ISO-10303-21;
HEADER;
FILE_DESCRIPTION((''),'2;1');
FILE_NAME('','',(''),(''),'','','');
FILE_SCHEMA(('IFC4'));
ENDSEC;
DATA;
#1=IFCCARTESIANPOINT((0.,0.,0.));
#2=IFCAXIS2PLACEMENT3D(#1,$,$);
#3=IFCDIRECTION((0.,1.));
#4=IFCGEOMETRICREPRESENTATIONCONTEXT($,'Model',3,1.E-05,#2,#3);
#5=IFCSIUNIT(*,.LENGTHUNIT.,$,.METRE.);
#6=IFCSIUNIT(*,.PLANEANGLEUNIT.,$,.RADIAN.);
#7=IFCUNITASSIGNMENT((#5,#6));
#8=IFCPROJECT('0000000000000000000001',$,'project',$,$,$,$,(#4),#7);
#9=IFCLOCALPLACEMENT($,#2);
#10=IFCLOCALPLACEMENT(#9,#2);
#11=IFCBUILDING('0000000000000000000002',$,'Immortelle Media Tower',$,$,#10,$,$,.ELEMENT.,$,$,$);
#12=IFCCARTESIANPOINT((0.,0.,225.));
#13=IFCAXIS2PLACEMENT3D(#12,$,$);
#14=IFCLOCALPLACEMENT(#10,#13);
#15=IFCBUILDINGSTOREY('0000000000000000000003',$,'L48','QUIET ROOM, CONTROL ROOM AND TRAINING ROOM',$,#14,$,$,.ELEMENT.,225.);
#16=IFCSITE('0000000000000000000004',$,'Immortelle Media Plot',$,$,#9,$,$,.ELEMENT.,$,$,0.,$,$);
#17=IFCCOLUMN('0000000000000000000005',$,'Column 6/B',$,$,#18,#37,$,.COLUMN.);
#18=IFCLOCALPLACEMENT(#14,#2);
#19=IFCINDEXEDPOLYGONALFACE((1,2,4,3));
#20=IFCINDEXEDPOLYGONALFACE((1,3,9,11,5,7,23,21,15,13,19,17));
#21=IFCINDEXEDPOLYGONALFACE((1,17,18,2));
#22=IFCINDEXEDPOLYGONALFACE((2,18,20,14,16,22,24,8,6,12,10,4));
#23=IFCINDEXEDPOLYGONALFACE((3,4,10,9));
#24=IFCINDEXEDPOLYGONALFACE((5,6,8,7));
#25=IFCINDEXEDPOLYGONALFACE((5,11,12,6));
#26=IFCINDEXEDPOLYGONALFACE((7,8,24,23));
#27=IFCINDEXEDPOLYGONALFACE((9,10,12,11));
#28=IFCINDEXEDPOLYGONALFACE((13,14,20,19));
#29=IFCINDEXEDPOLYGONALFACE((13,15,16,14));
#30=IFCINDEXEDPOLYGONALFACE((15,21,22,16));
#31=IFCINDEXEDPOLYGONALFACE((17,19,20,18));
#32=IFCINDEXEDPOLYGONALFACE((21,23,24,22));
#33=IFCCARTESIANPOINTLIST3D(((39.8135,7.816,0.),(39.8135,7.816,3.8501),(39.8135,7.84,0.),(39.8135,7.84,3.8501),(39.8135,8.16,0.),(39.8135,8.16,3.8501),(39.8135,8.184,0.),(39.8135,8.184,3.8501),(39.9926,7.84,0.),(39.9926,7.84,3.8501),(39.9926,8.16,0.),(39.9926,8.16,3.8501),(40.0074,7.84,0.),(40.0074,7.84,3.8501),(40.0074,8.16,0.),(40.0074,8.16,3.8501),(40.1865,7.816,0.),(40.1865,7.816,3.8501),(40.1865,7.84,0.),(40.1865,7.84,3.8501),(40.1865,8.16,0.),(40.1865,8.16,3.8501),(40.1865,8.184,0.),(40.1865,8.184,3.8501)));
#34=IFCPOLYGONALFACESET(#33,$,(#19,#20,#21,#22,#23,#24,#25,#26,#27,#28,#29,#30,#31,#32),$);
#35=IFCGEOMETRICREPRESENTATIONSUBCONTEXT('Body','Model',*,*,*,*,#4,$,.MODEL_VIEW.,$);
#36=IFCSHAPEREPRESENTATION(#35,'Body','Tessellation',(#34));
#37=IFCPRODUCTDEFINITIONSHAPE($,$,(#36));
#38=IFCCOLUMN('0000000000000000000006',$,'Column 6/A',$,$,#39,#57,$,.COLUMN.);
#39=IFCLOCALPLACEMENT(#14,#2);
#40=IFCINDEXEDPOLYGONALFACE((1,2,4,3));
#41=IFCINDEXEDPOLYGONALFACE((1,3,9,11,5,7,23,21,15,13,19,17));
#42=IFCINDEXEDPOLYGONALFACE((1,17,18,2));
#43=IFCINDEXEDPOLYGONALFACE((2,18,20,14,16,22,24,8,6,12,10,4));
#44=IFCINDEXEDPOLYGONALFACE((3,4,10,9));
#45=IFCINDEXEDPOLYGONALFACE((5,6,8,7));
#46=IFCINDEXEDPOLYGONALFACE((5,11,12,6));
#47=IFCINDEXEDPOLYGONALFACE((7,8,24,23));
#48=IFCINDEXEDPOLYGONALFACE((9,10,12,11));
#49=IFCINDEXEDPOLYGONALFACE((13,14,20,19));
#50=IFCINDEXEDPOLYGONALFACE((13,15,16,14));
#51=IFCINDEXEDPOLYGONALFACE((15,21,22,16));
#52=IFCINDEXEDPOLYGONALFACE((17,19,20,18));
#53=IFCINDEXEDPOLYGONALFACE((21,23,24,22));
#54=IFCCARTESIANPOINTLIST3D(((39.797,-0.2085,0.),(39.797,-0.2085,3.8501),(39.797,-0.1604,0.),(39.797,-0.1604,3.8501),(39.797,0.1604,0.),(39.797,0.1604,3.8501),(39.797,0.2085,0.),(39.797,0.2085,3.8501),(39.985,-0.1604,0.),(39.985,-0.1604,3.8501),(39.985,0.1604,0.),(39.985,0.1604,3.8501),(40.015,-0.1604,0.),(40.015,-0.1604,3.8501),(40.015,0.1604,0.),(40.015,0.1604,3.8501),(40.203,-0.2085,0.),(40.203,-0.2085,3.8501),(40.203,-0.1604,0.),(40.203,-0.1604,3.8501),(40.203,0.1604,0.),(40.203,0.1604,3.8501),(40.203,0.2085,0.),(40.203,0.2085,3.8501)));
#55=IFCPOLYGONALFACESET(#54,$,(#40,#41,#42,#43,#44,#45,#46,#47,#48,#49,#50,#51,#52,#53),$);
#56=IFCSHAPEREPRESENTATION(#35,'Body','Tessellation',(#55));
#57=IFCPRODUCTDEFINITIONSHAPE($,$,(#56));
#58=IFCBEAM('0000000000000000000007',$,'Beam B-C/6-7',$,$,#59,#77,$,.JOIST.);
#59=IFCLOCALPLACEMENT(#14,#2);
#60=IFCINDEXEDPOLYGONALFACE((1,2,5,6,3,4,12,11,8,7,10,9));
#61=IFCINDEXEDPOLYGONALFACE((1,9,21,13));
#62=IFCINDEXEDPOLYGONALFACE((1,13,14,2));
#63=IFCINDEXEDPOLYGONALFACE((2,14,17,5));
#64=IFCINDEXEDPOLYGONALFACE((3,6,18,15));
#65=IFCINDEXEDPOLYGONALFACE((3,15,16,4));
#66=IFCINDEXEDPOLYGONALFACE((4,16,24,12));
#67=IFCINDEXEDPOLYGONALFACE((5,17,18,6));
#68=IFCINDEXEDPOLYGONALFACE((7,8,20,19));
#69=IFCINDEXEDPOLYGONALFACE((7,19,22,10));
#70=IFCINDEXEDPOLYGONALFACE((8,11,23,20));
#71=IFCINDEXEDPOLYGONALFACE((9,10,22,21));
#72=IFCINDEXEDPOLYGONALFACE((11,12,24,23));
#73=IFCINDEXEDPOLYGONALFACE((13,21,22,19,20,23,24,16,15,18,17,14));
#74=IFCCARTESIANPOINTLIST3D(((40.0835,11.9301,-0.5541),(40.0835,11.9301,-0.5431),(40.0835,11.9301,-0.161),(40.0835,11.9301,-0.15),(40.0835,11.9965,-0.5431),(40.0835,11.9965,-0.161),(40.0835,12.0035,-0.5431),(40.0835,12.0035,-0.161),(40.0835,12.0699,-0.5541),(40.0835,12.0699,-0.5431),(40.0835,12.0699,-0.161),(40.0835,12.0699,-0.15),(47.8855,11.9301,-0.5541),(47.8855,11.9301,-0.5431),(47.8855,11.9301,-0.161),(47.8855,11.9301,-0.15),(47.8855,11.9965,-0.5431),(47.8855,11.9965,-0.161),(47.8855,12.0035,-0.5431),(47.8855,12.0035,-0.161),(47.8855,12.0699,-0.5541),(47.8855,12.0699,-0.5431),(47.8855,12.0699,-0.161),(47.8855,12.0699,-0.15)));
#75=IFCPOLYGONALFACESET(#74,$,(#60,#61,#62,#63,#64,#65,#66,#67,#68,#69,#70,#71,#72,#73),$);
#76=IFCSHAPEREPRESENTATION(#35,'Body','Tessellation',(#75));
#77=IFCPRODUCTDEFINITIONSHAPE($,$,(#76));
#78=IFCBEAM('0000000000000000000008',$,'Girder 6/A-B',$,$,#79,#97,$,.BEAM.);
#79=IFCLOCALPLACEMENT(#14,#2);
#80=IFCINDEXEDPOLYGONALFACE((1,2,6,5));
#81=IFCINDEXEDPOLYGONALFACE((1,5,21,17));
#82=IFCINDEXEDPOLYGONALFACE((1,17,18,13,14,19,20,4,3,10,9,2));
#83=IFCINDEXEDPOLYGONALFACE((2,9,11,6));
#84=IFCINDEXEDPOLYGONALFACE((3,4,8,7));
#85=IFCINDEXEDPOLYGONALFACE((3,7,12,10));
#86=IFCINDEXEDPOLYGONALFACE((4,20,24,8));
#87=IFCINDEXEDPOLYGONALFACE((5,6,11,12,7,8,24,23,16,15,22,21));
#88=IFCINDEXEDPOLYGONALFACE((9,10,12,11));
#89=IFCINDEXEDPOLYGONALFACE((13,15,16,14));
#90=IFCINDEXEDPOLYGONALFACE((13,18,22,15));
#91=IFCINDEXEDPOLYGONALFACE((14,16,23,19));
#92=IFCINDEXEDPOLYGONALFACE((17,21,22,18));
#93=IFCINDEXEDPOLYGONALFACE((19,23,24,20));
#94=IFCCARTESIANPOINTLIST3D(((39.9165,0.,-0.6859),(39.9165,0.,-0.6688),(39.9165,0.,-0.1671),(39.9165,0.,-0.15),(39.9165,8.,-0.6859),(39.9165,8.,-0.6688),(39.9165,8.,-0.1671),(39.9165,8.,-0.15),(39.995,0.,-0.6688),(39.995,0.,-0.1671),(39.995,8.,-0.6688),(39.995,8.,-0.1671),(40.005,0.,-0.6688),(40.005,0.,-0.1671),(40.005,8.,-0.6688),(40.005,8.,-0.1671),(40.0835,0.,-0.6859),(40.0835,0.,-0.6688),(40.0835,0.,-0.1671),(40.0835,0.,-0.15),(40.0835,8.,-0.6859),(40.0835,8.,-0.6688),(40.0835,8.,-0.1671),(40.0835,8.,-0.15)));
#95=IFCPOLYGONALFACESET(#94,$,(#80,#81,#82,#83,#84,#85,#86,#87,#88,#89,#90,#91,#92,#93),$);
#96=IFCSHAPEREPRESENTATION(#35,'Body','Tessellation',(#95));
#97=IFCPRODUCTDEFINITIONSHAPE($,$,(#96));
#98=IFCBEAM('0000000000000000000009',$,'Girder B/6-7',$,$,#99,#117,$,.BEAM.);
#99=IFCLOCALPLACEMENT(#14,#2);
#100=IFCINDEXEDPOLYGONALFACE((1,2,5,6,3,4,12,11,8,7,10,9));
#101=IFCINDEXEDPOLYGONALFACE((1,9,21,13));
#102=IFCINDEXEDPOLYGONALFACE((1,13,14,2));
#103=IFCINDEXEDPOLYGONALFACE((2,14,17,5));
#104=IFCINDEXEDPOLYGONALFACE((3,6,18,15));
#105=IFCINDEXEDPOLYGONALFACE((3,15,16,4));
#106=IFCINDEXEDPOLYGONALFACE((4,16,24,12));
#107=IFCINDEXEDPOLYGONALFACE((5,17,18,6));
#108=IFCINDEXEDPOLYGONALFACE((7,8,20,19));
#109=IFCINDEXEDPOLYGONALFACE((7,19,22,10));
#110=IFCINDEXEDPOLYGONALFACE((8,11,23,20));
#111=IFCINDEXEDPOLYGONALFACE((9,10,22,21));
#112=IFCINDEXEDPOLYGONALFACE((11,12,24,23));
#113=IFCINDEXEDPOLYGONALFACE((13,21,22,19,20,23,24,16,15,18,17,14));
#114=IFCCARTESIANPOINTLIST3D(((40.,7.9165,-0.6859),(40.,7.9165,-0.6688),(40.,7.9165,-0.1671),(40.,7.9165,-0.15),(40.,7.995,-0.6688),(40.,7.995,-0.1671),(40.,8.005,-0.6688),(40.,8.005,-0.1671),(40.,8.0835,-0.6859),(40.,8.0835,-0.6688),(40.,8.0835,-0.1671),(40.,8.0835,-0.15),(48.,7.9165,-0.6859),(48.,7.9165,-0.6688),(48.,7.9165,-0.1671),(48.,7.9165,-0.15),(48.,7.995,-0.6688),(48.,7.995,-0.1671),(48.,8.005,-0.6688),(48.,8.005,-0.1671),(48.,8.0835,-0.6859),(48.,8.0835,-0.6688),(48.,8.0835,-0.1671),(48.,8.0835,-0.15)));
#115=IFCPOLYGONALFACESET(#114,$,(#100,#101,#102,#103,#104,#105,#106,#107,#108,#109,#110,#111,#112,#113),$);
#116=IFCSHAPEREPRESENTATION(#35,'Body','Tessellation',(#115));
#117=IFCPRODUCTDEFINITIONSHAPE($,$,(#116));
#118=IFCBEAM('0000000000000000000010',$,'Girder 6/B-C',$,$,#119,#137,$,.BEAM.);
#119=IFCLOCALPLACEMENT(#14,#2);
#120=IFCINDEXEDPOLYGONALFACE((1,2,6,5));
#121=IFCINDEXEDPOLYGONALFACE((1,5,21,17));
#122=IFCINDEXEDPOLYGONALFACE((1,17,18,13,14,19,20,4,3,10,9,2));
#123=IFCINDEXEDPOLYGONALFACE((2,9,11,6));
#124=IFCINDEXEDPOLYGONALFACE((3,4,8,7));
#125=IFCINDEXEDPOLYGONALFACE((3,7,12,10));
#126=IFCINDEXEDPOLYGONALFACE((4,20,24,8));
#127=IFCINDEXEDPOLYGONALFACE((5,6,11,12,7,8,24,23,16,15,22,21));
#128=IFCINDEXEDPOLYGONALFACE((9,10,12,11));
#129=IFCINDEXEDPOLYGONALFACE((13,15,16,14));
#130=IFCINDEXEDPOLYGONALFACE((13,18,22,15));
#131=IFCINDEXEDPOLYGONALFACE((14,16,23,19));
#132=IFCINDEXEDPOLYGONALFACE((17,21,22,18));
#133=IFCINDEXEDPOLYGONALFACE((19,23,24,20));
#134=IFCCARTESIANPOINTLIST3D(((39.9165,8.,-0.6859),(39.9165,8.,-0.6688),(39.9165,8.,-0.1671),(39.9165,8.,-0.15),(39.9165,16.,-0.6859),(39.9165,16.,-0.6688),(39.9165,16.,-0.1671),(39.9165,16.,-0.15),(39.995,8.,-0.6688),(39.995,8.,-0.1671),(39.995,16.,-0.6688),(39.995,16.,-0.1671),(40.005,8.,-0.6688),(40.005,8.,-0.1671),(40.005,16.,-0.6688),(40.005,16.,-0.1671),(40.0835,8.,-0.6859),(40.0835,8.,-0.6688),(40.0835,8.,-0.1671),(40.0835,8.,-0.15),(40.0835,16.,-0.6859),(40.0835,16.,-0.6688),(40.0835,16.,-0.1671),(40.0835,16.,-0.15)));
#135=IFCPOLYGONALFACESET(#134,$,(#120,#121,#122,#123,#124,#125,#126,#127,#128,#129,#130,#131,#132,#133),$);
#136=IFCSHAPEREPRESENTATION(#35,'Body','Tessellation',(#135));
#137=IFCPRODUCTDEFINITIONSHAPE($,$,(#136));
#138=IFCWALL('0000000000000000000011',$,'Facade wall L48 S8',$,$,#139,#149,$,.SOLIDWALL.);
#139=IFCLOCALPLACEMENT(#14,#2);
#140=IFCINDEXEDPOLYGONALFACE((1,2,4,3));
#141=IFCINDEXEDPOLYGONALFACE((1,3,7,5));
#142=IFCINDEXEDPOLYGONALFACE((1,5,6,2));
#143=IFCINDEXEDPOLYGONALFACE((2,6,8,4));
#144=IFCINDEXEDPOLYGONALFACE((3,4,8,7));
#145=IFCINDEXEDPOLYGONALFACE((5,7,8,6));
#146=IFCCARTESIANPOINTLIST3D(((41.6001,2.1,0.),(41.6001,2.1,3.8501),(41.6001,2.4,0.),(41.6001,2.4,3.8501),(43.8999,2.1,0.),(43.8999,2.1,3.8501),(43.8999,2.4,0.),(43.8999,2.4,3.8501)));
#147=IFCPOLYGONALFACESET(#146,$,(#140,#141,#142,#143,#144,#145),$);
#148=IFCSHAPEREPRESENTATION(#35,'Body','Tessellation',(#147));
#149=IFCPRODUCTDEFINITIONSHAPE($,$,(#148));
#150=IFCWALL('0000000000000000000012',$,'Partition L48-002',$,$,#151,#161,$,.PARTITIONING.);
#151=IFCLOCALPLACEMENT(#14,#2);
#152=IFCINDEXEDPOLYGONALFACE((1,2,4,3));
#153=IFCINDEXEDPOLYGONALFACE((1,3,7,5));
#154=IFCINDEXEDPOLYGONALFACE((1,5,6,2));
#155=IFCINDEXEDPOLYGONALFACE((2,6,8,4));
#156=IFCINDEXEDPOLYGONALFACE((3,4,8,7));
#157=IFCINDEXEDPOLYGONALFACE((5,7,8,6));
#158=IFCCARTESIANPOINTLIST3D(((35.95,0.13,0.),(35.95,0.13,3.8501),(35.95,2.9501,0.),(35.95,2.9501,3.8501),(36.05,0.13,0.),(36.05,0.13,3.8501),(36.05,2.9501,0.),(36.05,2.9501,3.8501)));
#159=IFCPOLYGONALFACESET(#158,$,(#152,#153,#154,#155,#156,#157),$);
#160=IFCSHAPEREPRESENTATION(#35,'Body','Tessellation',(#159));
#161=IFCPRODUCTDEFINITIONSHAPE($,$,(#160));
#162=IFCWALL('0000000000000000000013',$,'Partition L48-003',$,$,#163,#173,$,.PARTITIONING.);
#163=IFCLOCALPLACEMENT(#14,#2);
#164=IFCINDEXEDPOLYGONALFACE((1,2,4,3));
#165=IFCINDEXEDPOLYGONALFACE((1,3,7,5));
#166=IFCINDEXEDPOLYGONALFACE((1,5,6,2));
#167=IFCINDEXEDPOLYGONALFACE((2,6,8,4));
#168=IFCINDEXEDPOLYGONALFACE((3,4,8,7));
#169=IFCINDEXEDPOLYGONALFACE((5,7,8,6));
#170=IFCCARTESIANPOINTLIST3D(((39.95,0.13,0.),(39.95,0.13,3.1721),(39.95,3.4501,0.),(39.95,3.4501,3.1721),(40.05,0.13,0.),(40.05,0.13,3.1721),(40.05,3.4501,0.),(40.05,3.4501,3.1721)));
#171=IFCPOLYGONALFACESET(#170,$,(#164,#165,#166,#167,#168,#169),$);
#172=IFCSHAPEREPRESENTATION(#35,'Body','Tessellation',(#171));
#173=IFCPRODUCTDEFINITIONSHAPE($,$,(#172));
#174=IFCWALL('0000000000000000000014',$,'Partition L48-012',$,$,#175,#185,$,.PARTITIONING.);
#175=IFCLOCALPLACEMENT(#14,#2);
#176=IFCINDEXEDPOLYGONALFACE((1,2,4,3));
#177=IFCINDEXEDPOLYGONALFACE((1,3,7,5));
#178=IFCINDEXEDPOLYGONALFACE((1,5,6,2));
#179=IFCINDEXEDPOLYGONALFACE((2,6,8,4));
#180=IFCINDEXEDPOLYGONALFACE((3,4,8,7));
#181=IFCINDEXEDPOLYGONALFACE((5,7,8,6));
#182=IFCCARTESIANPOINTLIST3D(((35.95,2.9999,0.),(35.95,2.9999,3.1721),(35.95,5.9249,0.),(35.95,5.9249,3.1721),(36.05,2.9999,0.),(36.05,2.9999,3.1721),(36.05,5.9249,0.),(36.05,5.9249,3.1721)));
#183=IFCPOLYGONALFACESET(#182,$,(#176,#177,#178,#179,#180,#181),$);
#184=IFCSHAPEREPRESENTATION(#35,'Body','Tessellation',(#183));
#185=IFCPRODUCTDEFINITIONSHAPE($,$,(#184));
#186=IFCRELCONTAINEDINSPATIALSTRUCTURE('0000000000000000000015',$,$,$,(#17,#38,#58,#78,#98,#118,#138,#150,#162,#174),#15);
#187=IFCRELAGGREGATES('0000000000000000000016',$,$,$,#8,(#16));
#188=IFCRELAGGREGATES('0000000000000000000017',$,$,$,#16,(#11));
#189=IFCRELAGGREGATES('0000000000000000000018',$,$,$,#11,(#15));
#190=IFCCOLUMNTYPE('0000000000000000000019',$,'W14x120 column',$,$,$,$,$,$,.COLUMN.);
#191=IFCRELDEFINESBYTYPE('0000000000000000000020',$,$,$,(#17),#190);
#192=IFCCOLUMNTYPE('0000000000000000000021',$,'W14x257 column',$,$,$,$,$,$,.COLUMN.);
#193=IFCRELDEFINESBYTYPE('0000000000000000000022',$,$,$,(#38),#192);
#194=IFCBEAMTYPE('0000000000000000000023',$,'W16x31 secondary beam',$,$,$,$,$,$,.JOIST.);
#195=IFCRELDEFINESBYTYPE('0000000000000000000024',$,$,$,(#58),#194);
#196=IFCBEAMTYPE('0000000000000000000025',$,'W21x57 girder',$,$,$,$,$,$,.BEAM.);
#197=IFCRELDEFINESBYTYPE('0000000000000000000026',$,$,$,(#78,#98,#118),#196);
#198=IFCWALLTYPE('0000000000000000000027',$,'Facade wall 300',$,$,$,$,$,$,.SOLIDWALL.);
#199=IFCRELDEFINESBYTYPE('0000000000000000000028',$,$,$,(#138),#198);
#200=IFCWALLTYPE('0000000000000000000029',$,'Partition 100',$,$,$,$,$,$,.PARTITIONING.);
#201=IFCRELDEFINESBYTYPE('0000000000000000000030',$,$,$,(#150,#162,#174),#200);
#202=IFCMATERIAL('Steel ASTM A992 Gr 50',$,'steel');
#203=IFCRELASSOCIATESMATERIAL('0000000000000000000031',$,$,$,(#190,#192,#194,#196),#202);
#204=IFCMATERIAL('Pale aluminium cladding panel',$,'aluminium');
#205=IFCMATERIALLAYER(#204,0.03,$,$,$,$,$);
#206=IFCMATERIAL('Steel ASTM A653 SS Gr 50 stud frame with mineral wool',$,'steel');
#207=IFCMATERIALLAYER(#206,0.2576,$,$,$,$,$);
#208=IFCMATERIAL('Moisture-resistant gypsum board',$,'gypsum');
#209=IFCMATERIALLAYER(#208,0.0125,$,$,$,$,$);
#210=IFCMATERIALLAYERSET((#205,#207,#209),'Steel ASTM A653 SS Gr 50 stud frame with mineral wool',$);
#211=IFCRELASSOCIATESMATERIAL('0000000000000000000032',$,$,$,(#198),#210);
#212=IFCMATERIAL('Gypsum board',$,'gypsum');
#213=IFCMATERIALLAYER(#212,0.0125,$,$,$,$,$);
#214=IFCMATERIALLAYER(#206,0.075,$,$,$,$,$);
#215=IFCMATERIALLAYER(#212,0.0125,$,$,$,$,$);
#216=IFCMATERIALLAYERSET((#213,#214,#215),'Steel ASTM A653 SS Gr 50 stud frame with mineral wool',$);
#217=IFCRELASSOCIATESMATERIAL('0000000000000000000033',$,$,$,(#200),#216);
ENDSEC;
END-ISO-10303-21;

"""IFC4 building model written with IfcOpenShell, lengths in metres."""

from ifc_helpers import new_model, si_unit, direction, frame, frame_2d, origin, origin_2d, place, context, subcontext, project, spatial, rectangle, i_section, extrude, material, layer, layer_set, material_profile, profile_set, type_object, element, save


model = new_model("IFC4")

# Units and contexts
model_context = context("Model", 3, precision=1e-05, world=origin(), true_north=direction((0.0, 1.0)))
body_context = subcontext(model_context, "Body", "Model", "MODEL_VIEW")
ifc_project = project(units=[si_unit("LENGTHUNIT", "METRE"), si_unit("PLANEANGLEUNIT", "RADIAN")], contexts=[model_context])

# Site, building, storey
site_placement = place(None, origin())
site = spatial("IfcSite", under=ifc_project, at=site_placement, Name="Immortelle Media Plot", CompositionType="ELEMENT", RefElevation=0.0)
building_placement = place(site_placement, origin())
building = spatial("IfcBuilding", under=site, at=building_placement, Name="Immortelle Media Tower", CompositionType="ELEMENT")
storey_placement = place(building_placement, frame((0.0, 0.0, 225.0)))
storey = spatial("IfcBuildingStorey", under=building, at=storey_placement, Name="L48", Description="QUIET ROOM, CONTROL ROOM AND TRAINING ROOM", CompositionType="ELEMENT", Elevation=225.0)

# Columns
ifc_material_1 = material(Name="Steel ASTM A992 Gr 50", Category="steel")
ifc_material_profile_1 = material_profile(ifc_material_1, i_section(OverallWidth=0.373, OverallDepth=0.3679, WebThickness=0.0149, FlangeThickness=0.0239, at=origin_2d()), Name="W14x120")
ifc_profile_set_1 = profile_set([ifc_material_profile_1], Name="Steel ASTM A992 Gr 50")
column_type_1 = type_object("IfcColumnType", Name="W14x120 column", PredefinedType="COLUMN", material=ifc_profile_set_1)
column_1_placement = place(storey_placement, frame((40.0, 8.0, 0.0), z_axis=(0.0, 0.0, 1.0), x_axis=(1.0, 0.0, 0.0)))
element("IfcColumn", 1, at=column_1_placement, inside=storey, type_object=column_type_1, Name="Column 6/B", PredefinedType="COLUMN", context=body_context, shape_type="SweptSolid", body=[
    extrude(i_section(OverallWidth=0.373, OverallDepth=0.3679, WebThickness=0.0149, FlangeThickness=0.0239, at=origin_2d()), origin(), (0.0, 0.0, 1.0), 3.8501),
])
ifc_material_profile_2 = material_profile(ifc_material_1, i_section(OverallWidth=0.406, OverallDepth=0.417, WebThickness=0.03, FlangeThickness=0.0481, at=origin_2d()), Name="W14x257")
ifc_profile_set_2 = profile_set([ifc_material_profile_2], Name="Steel ASTM A992 Gr 50")
column_type_2 = type_object("IfcColumnType", Name="W14x257 column", PredefinedType="COLUMN", material=ifc_profile_set_2)
column_2_placement = place(storey_placement, frame((40.0, 0.0, 0.0), z_axis=(0.0, 0.0, 1.0), x_axis=(1.0, 0.0, 0.0)))
element("IfcColumn", 2, at=column_2_placement, inside=storey, type_object=column_type_2, Name="Column 6/A", PredefinedType="COLUMN", context=body_context, shape_type="SweptSolid", body=[
    extrude(i_section(OverallWidth=0.406, OverallDepth=0.417, WebThickness=0.03, FlangeThickness=0.0481, at=origin_2d()), origin(), (0.0, 0.0, 1.0), 3.8501),
])

# Beams
ifc_material_profile_3 = material_profile(ifc_material_1, i_section(OverallWidth=0.1399, OverallDepth=0.4041, WebThickness=0.0071, FlangeThickness=0.011, at=origin_2d()), Name="W16x31")
ifc_profile_set_3 = profile_set([ifc_material_profile_3], Name="Steel ASTM A992 Gr 50")
beam_type_1 = type_object("IfcBeamType", Name="W16x31 secondary beam", PredefinedType="JOIST", material=ifc_profile_set_3)
beam_placement = place(storey_placement, frame((40.0835, 12.0, -0.3521), z_axis=(1.0, 0.0, 0.0), x_axis=(0.0, 1.0, 0.0)))
element("IfcBeam", 3, at=beam_placement, inside=storey, type_object=beam_type_1, Name="Beam B-C/6-7", PredefinedType="JOIST", context=body_context, shape_type="SweptSolid", body=[
    extrude(i_section(OverallWidth=0.1399, OverallDepth=0.4041, WebThickness=0.0071, FlangeThickness=0.011, at=origin_2d()), origin(), (0.0, 0.0, 1.0), 7.802),
])
ifc_material_profile_4 = material_profile(ifc_material_1, i_section(OverallWidth=0.167, OverallDepth=0.5359, WebThickness=0.01, FlangeThickness=0.0171, at=origin_2d()), Name="W21x57")
ifc_profile_set_4 = profile_set([ifc_material_profile_4], Name="Steel ASTM A992 Gr 50")
beam_type_2 = type_object("IfcBeamType", Name="W21x57 girder", PredefinedType="BEAM", material=ifc_profile_set_4)
for number, where, z_axis, x_axis, name in (
    (4, (40.0, 0.0, -0.418), (0.0, 1.0, 0.0), (-1.0, 0.0, 0.0), "Girder 6/A-B"),
    (5, (40.0, 8.0, -0.418), (1.0, 0.0, 0.0), (0.0, 1.0, 0.0), "Girder B/6-7"),
    (6, (40.0, 8.0, -0.418), (0.0, 1.0, 0.0), (-1.0, 0.0, 0.0), "Girder 6/B-C"),
):
    element("IfcBeam", number, at=place(storey_placement, frame(where, z_axis=z_axis, x_axis=x_axis)), inside=storey, type_object=beam_type_2, Name=name, PredefinedType="BEAM", context=body_context, shape_type="SweptSolid", body=[
        extrude(i_section(OverallWidth=0.167, OverallDepth=0.5359, WebThickness=0.01, FlangeThickness=0.0171, at=origin_2d()), origin(), (0.0, 0.0, 1.0), 8.0),
    ])

# Walls
ifc_material_2 = material(Name="Pale aluminium cladding panel", Category="aluminium")
ifc_layer_1 = layer(ifc_material_2, 0.03)
ifc_material_3 = material(Name="Steel ASTM A653 SS Gr 50 stud frame with mineral wool", Category="steel")
ifc_layer_2 = layer(ifc_material_3, 0.2576)
ifc_material_4 = material(Name="Moisture-resistant gypsum board", Category="gypsum")
ifc_layer_3 = layer(ifc_material_4, 0.0125)
ifc_layer_set_1 = layer_set([ifc_layer_1, ifc_layer_2, ifc_layer_3], Name="Steel ASTM A653 SS Gr 50 stud frame with mineral wool")
wall_type_1 = type_object("IfcWallType", Name="Facade wall 300", PredefinedType="SOLIDWALL", material=ifc_layer_set_1)
wall_1_placement = place(storey_placement, frame((41.6001, 2.25, 0.0), z_axis=(0.0, 0.0, 1.0), x_axis=(1.0, 0.0, 0.0)))
element("IfcWall", 7, at=wall_1_placement, inside=storey, type_object=wall_type_1, Name="Facade wall L48 S8", PredefinedType="SOLIDWALL", context=body_context, shape_type="SweptSolid", body=[
    extrude(rectangle(XDim=2.2998, YDim=0.3, at=frame_2d((1.1499, 0.0))), origin(), (0.0, 0.0, 1.0), 3.8501),
])
ifc_material_5 = material(Name="Gypsum board", Category="gypsum")
ifc_layer_4 = layer(ifc_material_5, 0.0125)
ifc_layer_5 = layer(ifc_material_3, 0.075)
ifc_layer_6 = layer(ifc_material_5, 0.0125)
ifc_layer_set_2 = layer_set([ifc_layer_4, ifc_layer_5, ifc_layer_6], Name="Steel ASTM A653 SS Gr 50 stud frame with mineral wool")
wall_type_2 = type_object("IfcWallType", Name="Partition 100", PredefinedType="PARTITIONING", material=ifc_layer_set_2)
wall_2_placement = place(storey_placement, frame((36.0, 0.1299, 0.0), z_axis=(0.0, 0.0, 1.0), x_axis=(0.0, 1.0, 0.0)))
element("IfcWall", 8, at=wall_2_placement, inside=storey, type_object=wall_type_2, Name="Partition L48-002", PredefinedType="PARTITIONING", context=body_context, shape_type="SweptSolid", body=[
    extrude(rectangle(XDim=2.8201, YDim=0.1001, at=frame_2d((1.4102, 0.0))), origin(), (0.0, 0.0, 1.0), 3.8501),
])
wall_3_placement = place(storey_placement, frame((40.0, 0.1299, 0.0), z_axis=(0.0, 0.0, 1.0), x_axis=(0.0, 1.0, 0.0)))
element("IfcWall", 9, at=wall_3_placement, inside=storey, type_object=wall_type_2, Name="Partition L48-003", PredefinedType="PARTITIONING", context=body_context, shape_type="SweptSolid", body=[
    extrude(rectangle(XDim=3.3201, YDim=0.1001, at=frame_2d((1.6602, 0.0))), origin(), (0.0, 0.0, 1.0), 3.1721),
])
wall_4_placement = place(storey_placement, frame((36.0, 3.0, 0.0), z_axis=(0.0, 0.0, 1.0), x_axis=(0.0, 1.0, 0.0)))
element("IfcWall", 10, at=wall_4_placement, inside=storey, type_object=wall_type_2, Name="Partition L48-012", PredefinedType="PARTITIONING", context=body_context, shape_type="SweptSolid", body=[
    extrude(rectangle(XDim=2.925, YDim=0.1001, at=frame_2d((1.4624, 0.0))), origin(), (0.0, 0.0, 1.0), 3.1721),
])

save(model, "model.ifc")
